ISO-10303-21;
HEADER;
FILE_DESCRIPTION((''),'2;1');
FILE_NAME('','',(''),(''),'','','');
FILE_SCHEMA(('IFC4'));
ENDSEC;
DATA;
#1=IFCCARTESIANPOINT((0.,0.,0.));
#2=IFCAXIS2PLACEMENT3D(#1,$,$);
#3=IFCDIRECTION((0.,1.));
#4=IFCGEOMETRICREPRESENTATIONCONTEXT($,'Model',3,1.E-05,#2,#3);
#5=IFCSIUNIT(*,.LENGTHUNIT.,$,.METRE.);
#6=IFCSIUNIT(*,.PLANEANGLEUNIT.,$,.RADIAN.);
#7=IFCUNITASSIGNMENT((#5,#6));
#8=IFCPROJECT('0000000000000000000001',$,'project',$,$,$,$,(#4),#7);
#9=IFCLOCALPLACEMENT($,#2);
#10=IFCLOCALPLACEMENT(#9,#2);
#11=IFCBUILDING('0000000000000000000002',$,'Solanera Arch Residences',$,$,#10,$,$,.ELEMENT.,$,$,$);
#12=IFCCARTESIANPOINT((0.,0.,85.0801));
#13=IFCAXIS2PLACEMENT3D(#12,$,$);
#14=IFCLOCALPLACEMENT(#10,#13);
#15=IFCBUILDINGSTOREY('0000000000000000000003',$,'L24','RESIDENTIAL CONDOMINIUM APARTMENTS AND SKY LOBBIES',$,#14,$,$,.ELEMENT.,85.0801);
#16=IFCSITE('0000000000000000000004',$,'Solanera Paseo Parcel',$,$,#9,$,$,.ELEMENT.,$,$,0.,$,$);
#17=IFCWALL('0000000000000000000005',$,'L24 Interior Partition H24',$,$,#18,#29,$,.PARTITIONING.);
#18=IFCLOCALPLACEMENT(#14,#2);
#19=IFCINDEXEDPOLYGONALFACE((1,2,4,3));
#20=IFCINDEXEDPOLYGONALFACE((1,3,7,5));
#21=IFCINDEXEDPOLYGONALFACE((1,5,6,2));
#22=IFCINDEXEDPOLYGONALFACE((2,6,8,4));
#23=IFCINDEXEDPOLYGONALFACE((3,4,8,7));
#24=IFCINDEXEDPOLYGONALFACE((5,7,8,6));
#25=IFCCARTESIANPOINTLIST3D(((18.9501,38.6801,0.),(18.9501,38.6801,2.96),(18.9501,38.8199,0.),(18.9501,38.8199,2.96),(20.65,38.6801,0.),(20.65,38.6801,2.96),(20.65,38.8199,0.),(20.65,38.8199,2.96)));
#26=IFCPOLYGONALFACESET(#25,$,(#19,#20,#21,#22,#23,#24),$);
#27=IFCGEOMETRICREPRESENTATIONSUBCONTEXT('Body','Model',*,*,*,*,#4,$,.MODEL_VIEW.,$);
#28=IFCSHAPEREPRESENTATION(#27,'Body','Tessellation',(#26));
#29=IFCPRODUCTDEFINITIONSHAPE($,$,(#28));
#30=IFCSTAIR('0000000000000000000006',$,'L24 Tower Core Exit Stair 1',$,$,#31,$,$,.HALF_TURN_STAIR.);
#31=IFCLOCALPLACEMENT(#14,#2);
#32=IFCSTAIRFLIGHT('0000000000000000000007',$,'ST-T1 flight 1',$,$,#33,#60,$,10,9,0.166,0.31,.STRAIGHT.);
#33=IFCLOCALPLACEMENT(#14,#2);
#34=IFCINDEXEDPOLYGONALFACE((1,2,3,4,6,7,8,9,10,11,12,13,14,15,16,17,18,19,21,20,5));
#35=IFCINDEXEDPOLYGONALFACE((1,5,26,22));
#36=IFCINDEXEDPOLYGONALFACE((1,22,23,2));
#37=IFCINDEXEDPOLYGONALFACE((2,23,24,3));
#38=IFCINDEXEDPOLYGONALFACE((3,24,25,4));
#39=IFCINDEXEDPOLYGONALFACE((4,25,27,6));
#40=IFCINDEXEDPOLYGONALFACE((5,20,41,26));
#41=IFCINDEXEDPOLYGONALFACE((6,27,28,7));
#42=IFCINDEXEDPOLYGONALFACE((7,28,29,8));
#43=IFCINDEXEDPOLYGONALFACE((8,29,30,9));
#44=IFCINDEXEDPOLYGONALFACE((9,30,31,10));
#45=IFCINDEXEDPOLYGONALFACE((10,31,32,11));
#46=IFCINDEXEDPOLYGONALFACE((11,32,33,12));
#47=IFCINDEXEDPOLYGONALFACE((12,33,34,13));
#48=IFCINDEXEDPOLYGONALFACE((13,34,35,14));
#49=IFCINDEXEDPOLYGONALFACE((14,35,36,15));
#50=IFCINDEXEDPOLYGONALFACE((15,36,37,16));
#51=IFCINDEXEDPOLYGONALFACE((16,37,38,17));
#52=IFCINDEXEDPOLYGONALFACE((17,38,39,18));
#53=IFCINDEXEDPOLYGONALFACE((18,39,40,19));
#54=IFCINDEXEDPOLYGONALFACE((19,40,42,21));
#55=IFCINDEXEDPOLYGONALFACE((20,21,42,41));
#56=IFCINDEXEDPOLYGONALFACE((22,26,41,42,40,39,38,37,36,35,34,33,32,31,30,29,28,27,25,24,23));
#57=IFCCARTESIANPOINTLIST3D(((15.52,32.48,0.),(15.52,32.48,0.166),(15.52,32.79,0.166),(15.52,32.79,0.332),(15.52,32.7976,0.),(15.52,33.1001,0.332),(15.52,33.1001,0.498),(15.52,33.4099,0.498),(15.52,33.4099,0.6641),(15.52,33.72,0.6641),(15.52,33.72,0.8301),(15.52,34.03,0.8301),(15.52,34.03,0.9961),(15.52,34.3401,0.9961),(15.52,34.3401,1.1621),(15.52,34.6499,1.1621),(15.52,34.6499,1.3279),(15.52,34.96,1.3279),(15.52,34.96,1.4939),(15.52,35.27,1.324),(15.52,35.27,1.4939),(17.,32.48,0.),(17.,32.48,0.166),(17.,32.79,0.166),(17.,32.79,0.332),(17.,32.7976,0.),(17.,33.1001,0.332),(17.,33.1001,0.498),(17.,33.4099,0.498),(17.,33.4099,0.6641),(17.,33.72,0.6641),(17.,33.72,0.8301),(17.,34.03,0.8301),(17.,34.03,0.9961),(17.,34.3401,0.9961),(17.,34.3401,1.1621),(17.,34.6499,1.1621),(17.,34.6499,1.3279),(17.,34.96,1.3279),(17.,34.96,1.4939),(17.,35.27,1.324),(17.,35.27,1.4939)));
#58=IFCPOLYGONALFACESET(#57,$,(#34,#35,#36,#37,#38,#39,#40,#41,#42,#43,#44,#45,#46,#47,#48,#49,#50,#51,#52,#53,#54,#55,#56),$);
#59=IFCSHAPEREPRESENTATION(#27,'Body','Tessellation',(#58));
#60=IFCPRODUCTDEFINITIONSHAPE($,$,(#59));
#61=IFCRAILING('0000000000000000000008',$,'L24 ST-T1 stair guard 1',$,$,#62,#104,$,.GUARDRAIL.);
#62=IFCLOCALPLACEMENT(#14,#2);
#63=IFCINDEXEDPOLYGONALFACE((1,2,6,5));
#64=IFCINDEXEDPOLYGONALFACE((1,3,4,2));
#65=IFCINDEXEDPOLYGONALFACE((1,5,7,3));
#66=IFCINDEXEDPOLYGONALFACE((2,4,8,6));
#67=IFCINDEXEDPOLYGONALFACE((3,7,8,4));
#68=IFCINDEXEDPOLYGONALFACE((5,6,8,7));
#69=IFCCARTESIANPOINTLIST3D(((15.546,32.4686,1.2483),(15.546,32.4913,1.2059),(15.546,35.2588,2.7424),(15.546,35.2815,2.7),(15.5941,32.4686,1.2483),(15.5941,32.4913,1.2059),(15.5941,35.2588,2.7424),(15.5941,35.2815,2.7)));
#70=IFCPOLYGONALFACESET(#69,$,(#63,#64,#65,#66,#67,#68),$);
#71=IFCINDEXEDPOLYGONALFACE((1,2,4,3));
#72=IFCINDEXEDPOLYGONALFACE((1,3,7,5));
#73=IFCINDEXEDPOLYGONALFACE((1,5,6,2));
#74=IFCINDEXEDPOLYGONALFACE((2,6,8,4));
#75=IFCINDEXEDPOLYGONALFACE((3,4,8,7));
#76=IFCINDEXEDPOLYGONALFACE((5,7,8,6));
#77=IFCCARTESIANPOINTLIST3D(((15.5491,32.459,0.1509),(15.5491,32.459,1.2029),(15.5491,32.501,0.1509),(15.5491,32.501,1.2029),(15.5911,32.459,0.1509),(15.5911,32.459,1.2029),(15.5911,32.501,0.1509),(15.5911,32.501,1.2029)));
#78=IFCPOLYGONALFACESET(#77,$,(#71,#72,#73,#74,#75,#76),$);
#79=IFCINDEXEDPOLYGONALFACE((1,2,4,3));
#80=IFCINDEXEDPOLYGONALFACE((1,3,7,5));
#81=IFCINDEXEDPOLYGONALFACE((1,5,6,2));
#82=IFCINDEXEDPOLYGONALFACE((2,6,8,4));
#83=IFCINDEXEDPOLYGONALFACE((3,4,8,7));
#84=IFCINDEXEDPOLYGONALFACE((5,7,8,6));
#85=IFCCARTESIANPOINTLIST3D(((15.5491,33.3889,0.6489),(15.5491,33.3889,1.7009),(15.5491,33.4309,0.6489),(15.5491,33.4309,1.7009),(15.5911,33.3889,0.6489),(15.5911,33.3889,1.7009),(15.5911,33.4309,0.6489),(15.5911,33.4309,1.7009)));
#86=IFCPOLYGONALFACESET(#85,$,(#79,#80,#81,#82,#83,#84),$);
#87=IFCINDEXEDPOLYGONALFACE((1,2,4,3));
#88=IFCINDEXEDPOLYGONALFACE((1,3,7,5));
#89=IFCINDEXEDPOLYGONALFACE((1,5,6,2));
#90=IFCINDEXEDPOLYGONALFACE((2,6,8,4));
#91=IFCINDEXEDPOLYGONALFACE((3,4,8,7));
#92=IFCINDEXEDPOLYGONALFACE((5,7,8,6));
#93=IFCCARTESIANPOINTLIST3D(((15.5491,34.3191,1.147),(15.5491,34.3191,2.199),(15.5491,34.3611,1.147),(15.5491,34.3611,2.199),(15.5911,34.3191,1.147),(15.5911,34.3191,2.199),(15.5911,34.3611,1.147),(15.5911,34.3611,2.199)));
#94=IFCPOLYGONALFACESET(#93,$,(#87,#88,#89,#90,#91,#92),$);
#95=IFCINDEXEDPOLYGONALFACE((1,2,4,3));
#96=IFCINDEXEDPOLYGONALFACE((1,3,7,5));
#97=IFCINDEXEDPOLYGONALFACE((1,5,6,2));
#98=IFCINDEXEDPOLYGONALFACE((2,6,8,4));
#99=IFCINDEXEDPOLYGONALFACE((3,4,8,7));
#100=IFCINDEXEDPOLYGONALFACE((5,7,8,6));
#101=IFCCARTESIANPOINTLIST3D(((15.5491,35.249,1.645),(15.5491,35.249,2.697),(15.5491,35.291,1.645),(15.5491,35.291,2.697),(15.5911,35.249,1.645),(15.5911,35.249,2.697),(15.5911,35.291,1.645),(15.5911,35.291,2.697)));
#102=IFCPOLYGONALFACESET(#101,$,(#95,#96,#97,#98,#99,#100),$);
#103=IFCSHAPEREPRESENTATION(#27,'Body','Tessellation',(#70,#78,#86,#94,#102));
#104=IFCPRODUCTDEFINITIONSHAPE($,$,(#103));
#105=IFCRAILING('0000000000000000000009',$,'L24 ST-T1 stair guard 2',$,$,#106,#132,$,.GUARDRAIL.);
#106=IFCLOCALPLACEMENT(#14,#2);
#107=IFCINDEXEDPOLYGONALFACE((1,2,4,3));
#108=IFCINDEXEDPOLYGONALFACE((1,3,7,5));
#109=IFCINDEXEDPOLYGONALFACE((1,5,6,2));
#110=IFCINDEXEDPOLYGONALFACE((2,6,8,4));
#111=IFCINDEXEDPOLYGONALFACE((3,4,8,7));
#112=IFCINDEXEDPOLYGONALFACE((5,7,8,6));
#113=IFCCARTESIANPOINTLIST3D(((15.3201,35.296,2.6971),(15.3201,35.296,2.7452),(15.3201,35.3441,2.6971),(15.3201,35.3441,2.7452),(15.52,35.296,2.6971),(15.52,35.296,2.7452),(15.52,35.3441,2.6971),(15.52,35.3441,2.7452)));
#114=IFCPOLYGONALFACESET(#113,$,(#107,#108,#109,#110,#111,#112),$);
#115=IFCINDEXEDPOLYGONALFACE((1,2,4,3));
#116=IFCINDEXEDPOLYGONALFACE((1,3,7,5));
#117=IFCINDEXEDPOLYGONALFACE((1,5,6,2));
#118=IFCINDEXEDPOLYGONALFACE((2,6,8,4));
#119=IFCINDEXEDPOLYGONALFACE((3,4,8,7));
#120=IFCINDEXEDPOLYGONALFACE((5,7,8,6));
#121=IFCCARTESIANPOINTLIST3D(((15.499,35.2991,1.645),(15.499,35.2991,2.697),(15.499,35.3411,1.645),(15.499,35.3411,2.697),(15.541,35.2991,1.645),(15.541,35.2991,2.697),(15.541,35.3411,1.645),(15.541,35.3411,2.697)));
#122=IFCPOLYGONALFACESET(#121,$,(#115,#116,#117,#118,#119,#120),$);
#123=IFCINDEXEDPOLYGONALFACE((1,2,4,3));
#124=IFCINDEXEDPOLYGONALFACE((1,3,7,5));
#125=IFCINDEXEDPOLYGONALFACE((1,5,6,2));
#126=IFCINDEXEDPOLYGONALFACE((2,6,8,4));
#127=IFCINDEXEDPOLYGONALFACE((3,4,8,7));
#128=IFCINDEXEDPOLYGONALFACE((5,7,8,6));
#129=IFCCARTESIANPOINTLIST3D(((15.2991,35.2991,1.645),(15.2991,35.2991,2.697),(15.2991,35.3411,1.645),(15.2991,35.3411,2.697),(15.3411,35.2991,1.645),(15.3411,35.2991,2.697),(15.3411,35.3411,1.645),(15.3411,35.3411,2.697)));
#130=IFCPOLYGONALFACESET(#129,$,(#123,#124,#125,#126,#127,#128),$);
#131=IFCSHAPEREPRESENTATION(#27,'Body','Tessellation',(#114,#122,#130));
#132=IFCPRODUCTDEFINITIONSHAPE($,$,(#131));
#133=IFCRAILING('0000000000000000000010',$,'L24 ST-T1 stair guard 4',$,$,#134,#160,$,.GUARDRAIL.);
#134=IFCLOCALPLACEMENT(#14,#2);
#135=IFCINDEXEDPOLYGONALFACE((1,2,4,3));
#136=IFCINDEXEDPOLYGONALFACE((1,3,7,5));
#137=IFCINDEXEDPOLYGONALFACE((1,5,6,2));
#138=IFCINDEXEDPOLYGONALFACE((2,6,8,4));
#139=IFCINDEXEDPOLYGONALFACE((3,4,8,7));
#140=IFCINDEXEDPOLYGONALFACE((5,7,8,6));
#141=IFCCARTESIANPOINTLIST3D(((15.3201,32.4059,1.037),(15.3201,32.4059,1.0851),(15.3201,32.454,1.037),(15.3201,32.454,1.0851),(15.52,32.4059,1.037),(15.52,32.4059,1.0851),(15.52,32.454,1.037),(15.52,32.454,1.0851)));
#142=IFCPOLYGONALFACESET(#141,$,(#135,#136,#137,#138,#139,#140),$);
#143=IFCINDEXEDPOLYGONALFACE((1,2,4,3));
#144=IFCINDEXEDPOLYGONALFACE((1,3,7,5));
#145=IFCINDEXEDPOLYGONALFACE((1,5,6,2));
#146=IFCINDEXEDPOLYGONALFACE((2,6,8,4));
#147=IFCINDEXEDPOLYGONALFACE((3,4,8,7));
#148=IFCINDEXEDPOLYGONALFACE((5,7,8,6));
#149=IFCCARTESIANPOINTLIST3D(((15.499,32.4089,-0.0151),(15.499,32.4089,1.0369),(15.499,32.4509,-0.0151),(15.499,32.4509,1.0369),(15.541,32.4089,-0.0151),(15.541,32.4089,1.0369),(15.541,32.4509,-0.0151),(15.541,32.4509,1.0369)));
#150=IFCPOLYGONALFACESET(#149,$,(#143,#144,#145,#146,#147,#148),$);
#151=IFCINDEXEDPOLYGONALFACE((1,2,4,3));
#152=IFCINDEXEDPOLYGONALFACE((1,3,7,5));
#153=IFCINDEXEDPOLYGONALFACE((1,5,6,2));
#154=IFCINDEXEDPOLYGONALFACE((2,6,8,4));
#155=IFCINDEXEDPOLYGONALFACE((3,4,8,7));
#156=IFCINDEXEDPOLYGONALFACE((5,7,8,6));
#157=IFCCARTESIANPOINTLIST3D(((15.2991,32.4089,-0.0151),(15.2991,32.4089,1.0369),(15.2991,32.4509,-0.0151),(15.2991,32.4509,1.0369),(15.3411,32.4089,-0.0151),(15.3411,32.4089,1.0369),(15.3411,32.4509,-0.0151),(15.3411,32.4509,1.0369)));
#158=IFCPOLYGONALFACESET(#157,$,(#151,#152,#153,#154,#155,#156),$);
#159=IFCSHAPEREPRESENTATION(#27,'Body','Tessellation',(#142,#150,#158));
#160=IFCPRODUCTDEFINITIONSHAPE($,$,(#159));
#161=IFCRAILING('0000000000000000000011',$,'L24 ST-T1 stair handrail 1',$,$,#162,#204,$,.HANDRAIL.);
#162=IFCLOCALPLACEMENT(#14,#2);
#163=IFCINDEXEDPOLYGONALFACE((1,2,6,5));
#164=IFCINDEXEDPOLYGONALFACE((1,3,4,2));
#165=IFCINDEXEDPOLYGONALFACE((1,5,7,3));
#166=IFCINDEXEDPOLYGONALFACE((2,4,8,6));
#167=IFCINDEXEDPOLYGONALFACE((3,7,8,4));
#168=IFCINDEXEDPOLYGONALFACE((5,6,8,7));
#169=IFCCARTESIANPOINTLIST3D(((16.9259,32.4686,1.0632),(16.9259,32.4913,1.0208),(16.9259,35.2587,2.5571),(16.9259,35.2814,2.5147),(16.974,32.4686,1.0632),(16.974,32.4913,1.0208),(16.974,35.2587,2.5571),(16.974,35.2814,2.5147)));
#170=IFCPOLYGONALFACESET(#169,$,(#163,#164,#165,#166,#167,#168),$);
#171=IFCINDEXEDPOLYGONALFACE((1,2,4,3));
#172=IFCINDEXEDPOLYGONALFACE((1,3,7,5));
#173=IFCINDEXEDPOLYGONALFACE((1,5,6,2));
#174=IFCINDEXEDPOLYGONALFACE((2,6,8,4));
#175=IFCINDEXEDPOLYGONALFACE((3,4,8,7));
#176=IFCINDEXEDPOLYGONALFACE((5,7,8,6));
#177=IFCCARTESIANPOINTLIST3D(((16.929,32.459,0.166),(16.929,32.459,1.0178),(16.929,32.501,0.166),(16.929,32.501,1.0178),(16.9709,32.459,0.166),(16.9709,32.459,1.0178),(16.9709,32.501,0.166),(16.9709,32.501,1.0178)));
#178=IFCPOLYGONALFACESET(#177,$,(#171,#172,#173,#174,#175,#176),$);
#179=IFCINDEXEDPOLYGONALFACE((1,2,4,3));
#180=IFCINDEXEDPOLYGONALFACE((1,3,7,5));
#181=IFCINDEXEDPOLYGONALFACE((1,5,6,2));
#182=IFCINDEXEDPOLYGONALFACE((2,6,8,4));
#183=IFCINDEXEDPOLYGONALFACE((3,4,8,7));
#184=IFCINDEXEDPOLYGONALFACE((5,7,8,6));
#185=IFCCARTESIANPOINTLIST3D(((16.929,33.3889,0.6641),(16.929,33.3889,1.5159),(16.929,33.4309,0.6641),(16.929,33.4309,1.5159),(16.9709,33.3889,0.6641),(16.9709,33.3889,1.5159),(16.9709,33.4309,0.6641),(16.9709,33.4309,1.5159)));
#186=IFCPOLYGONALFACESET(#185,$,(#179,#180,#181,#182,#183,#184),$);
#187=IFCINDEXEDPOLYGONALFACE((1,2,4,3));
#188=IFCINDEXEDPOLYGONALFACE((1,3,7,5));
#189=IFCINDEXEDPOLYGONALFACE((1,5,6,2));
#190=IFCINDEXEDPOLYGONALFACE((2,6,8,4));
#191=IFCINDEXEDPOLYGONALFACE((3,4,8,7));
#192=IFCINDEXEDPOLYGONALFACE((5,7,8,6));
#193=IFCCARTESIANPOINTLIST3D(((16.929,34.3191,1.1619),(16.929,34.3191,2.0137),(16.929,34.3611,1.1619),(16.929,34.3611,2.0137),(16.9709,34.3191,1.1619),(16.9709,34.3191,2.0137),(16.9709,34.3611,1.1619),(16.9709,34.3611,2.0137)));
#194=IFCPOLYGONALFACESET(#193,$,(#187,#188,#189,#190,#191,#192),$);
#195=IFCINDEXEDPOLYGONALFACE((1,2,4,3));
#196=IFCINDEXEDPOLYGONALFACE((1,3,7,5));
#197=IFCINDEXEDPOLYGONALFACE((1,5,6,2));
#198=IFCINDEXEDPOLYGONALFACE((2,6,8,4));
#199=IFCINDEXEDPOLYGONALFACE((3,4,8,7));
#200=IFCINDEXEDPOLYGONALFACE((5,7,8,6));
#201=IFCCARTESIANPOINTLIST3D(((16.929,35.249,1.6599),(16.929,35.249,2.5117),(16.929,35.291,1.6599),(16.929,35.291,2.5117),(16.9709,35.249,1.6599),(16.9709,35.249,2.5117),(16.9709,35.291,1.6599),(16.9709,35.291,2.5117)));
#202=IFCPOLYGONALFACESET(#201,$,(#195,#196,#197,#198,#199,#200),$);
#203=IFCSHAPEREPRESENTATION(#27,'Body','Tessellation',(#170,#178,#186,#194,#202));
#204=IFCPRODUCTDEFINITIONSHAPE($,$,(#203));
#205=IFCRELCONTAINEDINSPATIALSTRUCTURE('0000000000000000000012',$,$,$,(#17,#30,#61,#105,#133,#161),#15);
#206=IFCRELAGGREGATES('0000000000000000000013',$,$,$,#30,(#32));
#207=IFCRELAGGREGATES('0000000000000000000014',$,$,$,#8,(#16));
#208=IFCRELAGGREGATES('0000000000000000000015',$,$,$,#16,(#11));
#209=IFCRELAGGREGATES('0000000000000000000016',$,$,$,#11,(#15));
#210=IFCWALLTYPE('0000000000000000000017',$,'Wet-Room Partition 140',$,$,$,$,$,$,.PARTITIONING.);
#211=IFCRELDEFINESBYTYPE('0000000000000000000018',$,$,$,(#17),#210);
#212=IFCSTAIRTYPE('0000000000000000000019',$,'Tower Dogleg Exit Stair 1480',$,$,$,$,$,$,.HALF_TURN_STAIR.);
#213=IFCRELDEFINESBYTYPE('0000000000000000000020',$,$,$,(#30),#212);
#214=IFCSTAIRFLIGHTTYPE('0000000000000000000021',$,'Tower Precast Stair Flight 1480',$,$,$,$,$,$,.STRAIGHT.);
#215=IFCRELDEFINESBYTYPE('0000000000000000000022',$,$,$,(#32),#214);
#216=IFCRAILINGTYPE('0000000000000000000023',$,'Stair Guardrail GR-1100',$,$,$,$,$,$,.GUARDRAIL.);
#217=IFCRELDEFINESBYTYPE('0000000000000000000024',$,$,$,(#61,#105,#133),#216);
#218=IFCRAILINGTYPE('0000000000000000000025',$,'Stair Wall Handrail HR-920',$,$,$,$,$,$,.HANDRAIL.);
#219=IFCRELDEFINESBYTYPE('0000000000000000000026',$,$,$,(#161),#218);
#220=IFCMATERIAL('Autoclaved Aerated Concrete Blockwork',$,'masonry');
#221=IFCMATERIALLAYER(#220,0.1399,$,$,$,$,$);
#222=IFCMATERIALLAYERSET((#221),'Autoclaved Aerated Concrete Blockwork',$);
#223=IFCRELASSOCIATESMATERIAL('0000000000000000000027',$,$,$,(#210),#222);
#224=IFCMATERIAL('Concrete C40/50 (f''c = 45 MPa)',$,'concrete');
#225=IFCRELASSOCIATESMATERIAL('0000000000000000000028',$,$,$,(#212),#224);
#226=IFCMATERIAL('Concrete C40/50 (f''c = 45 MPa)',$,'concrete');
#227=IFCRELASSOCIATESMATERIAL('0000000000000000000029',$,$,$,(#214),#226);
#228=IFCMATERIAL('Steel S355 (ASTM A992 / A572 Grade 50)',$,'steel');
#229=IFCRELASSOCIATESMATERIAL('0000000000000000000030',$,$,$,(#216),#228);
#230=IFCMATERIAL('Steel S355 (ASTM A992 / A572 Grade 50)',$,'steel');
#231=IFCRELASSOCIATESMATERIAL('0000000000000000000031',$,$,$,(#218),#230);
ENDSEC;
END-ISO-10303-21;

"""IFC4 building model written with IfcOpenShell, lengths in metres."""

from ifc_helpers import new_model, si_unit, direction, frame, frame_2d, origin, origin_2d, place, context, subcontext, project, spatial, polyline, rectangle, outline, extrude, material, layer, layer_set, type_object, element, aggregate, save


model = new_model("IFC4")

# Units and contexts
model_context = context("Model", 3, precision=1e-05, world=origin(), true_north=direction((0.0, 1.0)))
body_context = subcontext(model_context, "Body", "Model", "MODEL_VIEW")
ifc_project = project(units=[si_unit("LENGTHUNIT", "METRE"), si_unit("PLANEANGLEUNIT", "RADIAN")], contexts=[model_context])

# Site, building, storey
site_placement = place(None, origin())
site = spatial("IfcSite", under=ifc_project, at=site_placement, Name="Solanera Paseo Parcel", CompositionType="ELEMENT", RefElevation=0.0)
building_placement = place(site_placement, origin())
building = spatial("IfcBuilding", under=site, at=building_placement, Name="Solanera Arch Residences", CompositionType="ELEMENT")
storey_placement = place(building_placement, frame((0.0, 0.0, 85.0801)))
storey = spatial("IfcBuildingStorey", under=building, at=storey_placement, Name="L24", Description="RESIDENTIAL CONDOMINIUM APARTMENTS AND SKY LOBBIES", CompositionType="ELEMENT", Elevation=85.0801)

# Wall
ifc_material_1 = material(Name="Autoclaved Aerated Concrete Blockwork", Category="masonry")
ifc_layer_1 = layer(ifc_material_1, 0.1399)
ifc_layer_set_1 = layer_set([ifc_layer_1], Name="Autoclaved Aerated Concrete Blockwork")
wall_type_1 = type_object("IfcWallType", Name="Wet-Room Partition 140", PredefinedType="PARTITIONING", material=ifc_layer_set_1)
wall_1_placement = place(storey_placement, frame((18.95, 38.75, 0.0), z_axis=(0.0, 0.0, 1.0), x_axis=(1.0, 0.0, 0.0)))
element("IfcWall", 1, at=wall_1_placement, inside=storey, type_object=wall_type_1, Name="L24 Interior Partition H24", PredefinedType="PARTITIONING", context=body_context, shape_type="SweptSolid", body=[
    extrude(rectangle(XDim=1.7, YDim=0.1399, at=frame_2d((0.8501, 0.0))), origin(), (0.0, 0.0, 1.0), 2.96),
])

# Stair, stair flight
ifc_material_2 = material(Name="Concrete C40/50 (f'c = 45 MPa)", Category="concrete")
stair_type = type_object("IfcStairType", Name="Tower Dogleg Exit Stair 1480", PredefinedType="HALF_TURN_STAIR", material=ifc_material_2)
stair_placement = place(storey_placement, origin())
stair = element("IfcStair", 2, at=stair_placement, inside=storey, type_object=stair_type, Name="L24 Tower Core Exit Stair 1", PredefinedType="HALF_TURN_STAIR")
ifc_material_3 = material(Name="Concrete C40/50 (f'c = 45 MPa)", Category="concrete")
stair_flight_type = type_object("IfcStairFlightType", Name="Tower Precast Stair Flight 1480", PredefinedType="STRAIGHT", material=ifc_material_3)
stair_flight_placement = place(storey_placement, frame((16.26, 32.48, 0.0), z_axis=(0.0, 0.0, 1.0), x_axis=(0.0, 1.0, 0.0)))
stair_flight = element("IfcStairFlight", 3, at=stair_flight_placement, type_object=stair_flight_type, Name="ST-T1 flight 1", NumberOfRisers=10, NumberOfTreads=9, PredefinedType="STRAIGHT", RiserHeight=0.166, TreadLength=0.31, context=body_context, shape_type="SweptSolid", body=[
    extrude(outline(polyline([(0.0, 0.0), (0.0, 0.166), (0.3101, 0.166), (0.3101, 0.332), (0.6201, 0.332), (0.6201, 0.498), (0.9299, 0.498), (0.9299, 0.6641), (1.24, 0.6641), (1.24, 0.8301), (1.55, 0.8301), (1.55, 0.9961), (1.8601, 0.9961), (1.8601, 1.1621), (2.1699, 1.1621), (2.1699, 1.3279), (2.48, 1.3279), (2.48, 1.4939), (2.79, 1.4939), (2.79, 1.6599), (2.79, 1.324), (0.3176, 0.0), (0.0, 0.0)])), frame((0.0, 0.74, 0.0), z_axis=(0.0, -1.0, 0.0), x_axis=(1.0, 0.0, 0.0)), (0.0, 0.0, 1.0), 1.48),
])
aggregate(stair, [stair_flight])

# Railings
ifc_material_4 = material(Name="Steel S355 (ASTM A992 / A572 Grade 50)", Category="steel")
railing_type_1 = type_object("IfcRailingType", Name="Stair Guardrail GR-1100", PredefinedType="GUARDRAIL", material=ifc_material_4)
railing_1_placement = place(storey_placement, frame((15.5701, 32.48, 0.1509)))
element("IfcRailing", 4, at=railing_1_placement, inside=storey, type_object=railing_type_1, Name="L24 ST-T1 stair guard 1", PredefinedType="GUARDRAIL", context=body_context, shape_type="SweptSolid", body=[
    extrude(rectangle(XDim=0.0481, YDim=0.0481, at=origin_2d()), frame((0.0, 0.0, 1.0762), z_axis=(0.0, 0.881549, 0.472093), x_axis=(-1.0, 0.0, 0.0)), (0.0, 0.0, 1.0), 3.165),
    extrude(rectangle(XDim=0.042, YDim=0.042, at=origin_2d()), origin(), (0.0, 0.0, 1.0), 1.052),
    extrude(rectangle(XDim=0.042, YDim=0.042, at=origin_2d()), frame((0.0, 0.9299, 0.498)), (0.0, 0.0, 1.0), 1.052),
    extrude(rectangle(XDim=0.042, YDim=0.042, at=origin_2d()), frame((0.0, 1.8601, 0.9961)), (0.0, 0.0, 1.0), 1.052),
    extrude(rectangle(XDim=0.042, YDim=0.042, at=origin_2d()), frame((0.0, 2.79, 1.4941)), (0.0, 0.0, 1.0), 1.052),
])
for number, where, name in (
    (5, (15.52, 35.3201, 1.645), "L24 ST-T1 stair guard 2"),
    (6, (15.52, 32.4299, -0.0151), "L24 ST-T1 stair guard 4"),
):
    element("IfcRailing", number, at=place(storey_placement, frame(where)), inside=storey, type_object=railing_type_1, Name=name, PredefinedType="GUARDRAIL", context=body_context, shape_type="SweptSolid", body=[
        extrude(rectangle(XDim=0.0481, YDim=0.0481, at=origin_2d()), frame((0.0, 0.0, 1.0762), z_axis=(-1.0, 0.0, 0.0), x_axis=(0.0, -1.0, 0.0)), (0.0, 0.0, 1.0), 0.2),
        extrude(rectangle(XDim=0.042, YDim=0.042, at=origin_2d()), origin(), (0.0, 0.0, 1.0), 1.052),
        extrude(rectangle(XDim=0.042, YDim=0.042, at=origin_2d()), frame((-0.2, 0.0, 0.0)), (0.0, 0.0, 1.0), 1.052),
    ])
ifc_material_5 = material(Name="Steel S355 (ASTM A992 / A572 Grade 50)", Category="steel")
railing_type_2 = type_object("IfcRailingType", Name="Stair Wall Handrail HR-920", PredefinedType="HANDRAIL", material=ifc_material_5)
railing_2_placement = place(storey_placement, frame((16.95, 32.48, 0.166)))
element("IfcRailing", 7, at=railing_2_placement, inside=storey, type_object=railing_type_2, Name="L24 ST-T1 stair handrail 1", PredefinedType="HANDRAIL", context=body_context, shape_type="SweptSolid", body=[
    extrude(rectangle(XDim=0.0481, YDim=0.0481, at=origin_2d()), frame((0.0, 0.0, 0.876), z_axis=(0.0, 0.881581, 0.472033), x_axis=(-1.0, 0.0, 0.0)), (0.0, 0.0, 1.0), 3.1648),
    extrude(rectangle(XDim=0.042, YDim=0.042, at=origin_2d()), origin(), (0.0, 0.0, 1.0), 0.8518),
    extrude(rectangle(XDim=0.042, YDim=0.042, at=origin_2d()), frame((0.0, 0.9299, 0.498)), (0.0, 0.0, 1.0), 0.8518),
    extrude(rectangle(XDim=0.042, YDim=0.042, at=origin_2d()), frame((0.0, 1.8601, 0.9958)), (0.0, 0.0, 1.0), 0.8518),
    extrude(rectangle(XDim=0.042, YDim=0.042, at=origin_2d()), frame((0.0, 2.79, 1.4939)), (0.0, 0.0, 1.0), 0.8518),
])

save(model, "model.ifc")
